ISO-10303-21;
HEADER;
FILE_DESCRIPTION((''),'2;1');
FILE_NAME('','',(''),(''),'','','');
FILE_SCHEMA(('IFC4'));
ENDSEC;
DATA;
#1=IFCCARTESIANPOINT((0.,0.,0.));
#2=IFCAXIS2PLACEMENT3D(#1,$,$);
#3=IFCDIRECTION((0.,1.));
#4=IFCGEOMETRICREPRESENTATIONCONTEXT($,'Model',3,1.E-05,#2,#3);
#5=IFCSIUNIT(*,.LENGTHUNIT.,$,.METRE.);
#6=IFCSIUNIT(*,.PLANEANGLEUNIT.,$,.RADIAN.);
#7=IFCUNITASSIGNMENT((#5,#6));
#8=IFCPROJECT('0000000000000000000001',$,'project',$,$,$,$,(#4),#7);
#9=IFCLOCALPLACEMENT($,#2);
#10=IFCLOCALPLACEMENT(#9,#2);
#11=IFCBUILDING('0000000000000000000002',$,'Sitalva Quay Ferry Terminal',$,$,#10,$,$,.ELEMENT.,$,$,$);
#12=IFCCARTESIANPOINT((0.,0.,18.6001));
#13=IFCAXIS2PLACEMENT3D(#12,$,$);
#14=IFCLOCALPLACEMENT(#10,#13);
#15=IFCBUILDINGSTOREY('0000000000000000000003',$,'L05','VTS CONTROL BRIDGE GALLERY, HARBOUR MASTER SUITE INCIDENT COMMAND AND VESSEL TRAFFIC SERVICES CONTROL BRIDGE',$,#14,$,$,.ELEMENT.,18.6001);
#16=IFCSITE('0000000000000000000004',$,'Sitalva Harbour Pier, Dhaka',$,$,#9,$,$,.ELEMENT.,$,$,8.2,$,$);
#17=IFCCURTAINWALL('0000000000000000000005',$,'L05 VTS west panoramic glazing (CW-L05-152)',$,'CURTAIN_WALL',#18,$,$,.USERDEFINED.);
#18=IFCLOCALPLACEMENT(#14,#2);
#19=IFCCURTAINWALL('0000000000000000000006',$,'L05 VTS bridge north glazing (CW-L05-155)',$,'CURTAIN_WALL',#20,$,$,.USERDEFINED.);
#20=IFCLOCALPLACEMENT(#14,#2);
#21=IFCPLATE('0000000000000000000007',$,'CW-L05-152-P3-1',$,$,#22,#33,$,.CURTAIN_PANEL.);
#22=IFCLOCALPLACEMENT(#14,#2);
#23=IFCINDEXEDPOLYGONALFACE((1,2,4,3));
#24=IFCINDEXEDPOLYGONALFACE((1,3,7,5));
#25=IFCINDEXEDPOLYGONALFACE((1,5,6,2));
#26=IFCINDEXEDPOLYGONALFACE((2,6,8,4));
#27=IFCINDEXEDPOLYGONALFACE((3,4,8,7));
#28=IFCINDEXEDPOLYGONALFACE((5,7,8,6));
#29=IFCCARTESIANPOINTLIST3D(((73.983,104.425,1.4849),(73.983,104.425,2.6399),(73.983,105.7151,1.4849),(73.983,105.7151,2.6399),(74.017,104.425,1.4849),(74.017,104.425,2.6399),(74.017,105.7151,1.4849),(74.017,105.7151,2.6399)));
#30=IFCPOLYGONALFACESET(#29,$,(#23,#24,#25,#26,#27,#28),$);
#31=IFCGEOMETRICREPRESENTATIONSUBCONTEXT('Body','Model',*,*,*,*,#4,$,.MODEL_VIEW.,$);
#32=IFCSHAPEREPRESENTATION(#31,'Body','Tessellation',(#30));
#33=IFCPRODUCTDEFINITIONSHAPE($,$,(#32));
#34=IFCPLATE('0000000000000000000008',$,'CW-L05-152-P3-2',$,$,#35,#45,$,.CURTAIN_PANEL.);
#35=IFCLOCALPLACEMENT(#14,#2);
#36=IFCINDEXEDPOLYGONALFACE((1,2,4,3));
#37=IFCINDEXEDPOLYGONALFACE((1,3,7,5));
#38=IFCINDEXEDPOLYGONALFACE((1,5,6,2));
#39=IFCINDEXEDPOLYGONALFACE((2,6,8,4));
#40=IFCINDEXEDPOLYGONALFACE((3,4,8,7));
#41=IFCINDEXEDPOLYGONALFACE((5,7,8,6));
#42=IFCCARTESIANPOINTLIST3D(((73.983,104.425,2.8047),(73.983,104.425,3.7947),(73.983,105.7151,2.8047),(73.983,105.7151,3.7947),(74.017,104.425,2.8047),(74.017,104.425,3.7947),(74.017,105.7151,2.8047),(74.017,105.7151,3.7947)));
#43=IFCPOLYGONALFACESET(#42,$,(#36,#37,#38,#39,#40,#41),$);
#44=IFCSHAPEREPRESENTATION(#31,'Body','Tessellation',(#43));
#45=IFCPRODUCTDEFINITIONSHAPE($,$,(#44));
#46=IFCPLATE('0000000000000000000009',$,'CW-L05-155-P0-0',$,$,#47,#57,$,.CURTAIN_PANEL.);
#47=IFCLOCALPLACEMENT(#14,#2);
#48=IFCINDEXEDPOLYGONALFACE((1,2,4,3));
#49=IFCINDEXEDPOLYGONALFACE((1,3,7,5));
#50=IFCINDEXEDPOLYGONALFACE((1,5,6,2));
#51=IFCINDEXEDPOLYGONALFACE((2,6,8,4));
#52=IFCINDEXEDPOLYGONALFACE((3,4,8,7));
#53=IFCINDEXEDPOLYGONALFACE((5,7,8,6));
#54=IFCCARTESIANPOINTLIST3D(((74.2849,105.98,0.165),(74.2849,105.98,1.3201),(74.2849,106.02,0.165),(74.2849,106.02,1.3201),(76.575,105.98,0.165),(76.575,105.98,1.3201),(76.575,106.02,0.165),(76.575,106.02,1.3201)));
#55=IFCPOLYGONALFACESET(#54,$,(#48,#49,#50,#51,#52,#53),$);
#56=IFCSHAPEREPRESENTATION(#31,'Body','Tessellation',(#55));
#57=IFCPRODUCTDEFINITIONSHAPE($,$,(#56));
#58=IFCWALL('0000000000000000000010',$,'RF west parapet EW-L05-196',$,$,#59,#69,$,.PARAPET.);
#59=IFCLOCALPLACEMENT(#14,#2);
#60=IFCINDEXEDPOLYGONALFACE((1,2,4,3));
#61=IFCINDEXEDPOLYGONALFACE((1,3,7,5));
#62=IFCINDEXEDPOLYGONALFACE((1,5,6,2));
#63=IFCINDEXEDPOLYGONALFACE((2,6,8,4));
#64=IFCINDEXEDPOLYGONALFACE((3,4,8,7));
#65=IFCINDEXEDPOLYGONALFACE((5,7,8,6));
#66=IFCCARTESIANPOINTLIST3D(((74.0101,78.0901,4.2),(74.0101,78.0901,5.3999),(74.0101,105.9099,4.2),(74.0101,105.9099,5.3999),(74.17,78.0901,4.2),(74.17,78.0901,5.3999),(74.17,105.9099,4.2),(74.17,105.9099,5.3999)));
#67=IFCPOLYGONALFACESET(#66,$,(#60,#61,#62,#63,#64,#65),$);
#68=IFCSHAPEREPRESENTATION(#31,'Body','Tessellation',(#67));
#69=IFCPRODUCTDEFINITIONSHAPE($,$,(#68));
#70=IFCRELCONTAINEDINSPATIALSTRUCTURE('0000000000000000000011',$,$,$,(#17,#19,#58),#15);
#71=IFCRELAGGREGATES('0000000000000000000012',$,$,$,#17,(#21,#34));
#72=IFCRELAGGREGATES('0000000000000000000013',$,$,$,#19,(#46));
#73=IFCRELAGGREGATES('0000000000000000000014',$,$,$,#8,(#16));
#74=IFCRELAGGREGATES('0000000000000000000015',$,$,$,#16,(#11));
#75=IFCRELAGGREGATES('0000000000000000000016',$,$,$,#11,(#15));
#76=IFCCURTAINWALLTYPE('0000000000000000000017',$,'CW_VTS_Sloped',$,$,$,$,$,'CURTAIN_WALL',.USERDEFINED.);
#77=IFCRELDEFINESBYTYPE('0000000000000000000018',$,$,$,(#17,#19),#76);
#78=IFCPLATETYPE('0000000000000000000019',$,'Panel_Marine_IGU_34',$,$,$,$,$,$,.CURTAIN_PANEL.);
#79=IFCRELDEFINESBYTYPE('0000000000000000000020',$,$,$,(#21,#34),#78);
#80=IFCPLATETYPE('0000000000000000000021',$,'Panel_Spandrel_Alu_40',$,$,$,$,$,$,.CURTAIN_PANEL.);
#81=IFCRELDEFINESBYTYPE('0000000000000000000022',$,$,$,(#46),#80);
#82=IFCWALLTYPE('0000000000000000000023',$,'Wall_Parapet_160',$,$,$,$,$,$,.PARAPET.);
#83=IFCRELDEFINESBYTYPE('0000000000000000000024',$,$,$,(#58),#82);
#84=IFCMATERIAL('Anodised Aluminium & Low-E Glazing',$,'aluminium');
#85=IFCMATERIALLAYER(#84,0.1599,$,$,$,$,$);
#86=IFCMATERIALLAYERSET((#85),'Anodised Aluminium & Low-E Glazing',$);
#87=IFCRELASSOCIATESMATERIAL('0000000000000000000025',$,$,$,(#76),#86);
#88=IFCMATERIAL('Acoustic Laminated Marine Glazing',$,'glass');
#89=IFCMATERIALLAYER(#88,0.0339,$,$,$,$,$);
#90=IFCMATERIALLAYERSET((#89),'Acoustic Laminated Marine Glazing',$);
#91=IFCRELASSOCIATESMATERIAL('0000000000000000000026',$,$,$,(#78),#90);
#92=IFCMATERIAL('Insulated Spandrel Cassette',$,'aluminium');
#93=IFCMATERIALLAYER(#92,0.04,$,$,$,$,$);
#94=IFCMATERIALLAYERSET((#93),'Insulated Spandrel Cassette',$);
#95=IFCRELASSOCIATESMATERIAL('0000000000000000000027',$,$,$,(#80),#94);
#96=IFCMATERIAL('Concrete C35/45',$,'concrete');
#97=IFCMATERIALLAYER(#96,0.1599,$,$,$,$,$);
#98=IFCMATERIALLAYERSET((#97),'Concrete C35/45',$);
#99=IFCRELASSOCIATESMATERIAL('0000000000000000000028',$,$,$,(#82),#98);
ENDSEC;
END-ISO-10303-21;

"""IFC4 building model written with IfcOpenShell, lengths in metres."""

from ifc_helpers import new_model, si_unit, direction, frame, frame_2d, origin, origin_2d, place, context, subcontext, project, spatial, rectangle, extrude, material, layer, layer_set, type_object, element, aggregate, save


model = new_model("IFC4")

# Units and contexts
model_context = context("Model", 3, precision=1e-05, world=origin(), true_north=direction((0.0, 1.0)))
body_context = subcontext(model_context, "Body", "Model", "MODEL_VIEW")
ifc_project = project(units=[si_unit("LENGTHUNIT", "METRE"), si_unit("PLANEANGLEUNIT", "RADIAN")], contexts=[model_context])

# Site, building, storey
site_placement = place(None, origin())
site = spatial("IfcSite", under=ifc_project, at=site_placement, Name="Sitalva Harbour Pier, Dhaka", CompositionType="ELEMENT", RefElevation=8.2)
building_placement = place(site_placement, origin())
building = spatial("IfcBuilding", under=site, at=building_placement, Name="Sitalva Quay Ferry Terminal", CompositionType="ELEMENT")
storey_placement = place(building_placement, frame((0.0, 0.0, 18.6001)))
storey = spatial("IfcBuildingStorey", under=building, at=storey_placement, Name="L05", Description="VTS CONTROL BRIDGE GALLERY, HARBOUR MASTER SUITE INCIDENT COMMAND AND VESSEL TRAFFIC SERVICES CONTROL BRIDGE", CompositionType="ELEMENT", Elevation=18.6001)

# Curtain walls
ifc_material_1 = material(Name="Anodised Aluminium & Low-E Glazing", Category="aluminium")
ifc_layer_1 = layer(ifc_material_1, 0.1599)
ifc_layer_set_1 = layer_set([ifc_layer_1], Name="Anodised Aluminium & Low-E Glazing")
curtain_wall_type = type_object("IfcCurtainWallType", Name="CW_VTS_Sloped", ElementType="CURTAIN_WALL", PredefinedType="USERDEFINED", material=ifc_layer_set_1)
curtain_wall_1_placement = place(storey_placement, origin())
curtain_wall_1 = element("IfcCurtainWall", 1, at=curtain_wall_1_placement, inside=storey, type_object=curtain_wall_type, Name="L05 VTS west panoramic glazing (CW-L05-152)", ObjectType="CURTAIN_WALL", PredefinedType="USERDEFINED")
curtain_wall_2_placement = place(storey_placement, origin())
curtain_wall_2 = element("IfcCurtainWall", 2, at=curtain_wall_2_placement, inside=storey, type_object=curtain_wall_type, Name="L05 VTS bridge north glazing (CW-L05-155)", ObjectType="CURTAIN_WALL", PredefinedType="USERDEFINED")

# Plates
ifc_material_2 = material(Name="Acoustic Laminated Marine Glazing", Category="glass")
ifc_layer_2 = layer(ifc_material_2, 0.0339)
ifc_layer_set_2 = layer_set([ifc_layer_2], Name="Acoustic Laminated Marine Glazing")
plate_type_1 = type_object("IfcPlateType", Name="Panel_Marine_IGU_34", PredefinedType="CURTAIN_PANEL", material=ifc_layer_set_2)
plate_1_placement = place(storey_placement, frame((74.0, 105.0701, 1.4849), z_axis=(0.0, 0.0, 1.0), x_axis=(0.0, 1.0, 0.0)))
plate_1 = element("IfcPlate", 3, at=plate_1_placement, type_object=plate_type_1, Name="CW-L05-152-P3-1", PredefinedType="CURTAIN_PANEL", context=body_context, shape_type="SweptSolid", body=[
    extrude(rectangle(XDim=1.29, YDim=0.0339, at=origin_2d()), origin(), (0.0, 0.0, 1.0), 1.155),
])
plate_2_placement = place(storey_placement, frame((74.0, 105.0701, 2.8047), z_axis=(0.0, 0.0, 1.0), x_axis=(0.0, 1.0, 0.0)))
plate_2 = element("IfcPlate", 4, at=plate_2_placement, type_object=plate_type_1, Name="CW-L05-152-P3-2", PredefinedType="CURTAIN_PANEL", context=body_context, shape_type="SweptSolid", body=[
    extrude(rectangle(XDim=1.29, YDim=0.0339, at=origin_2d()), origin(), (0.0, 0.0, 1.0), 0.99),
])
aggregate(curtain_wall_1, [plate_1, plate_2])
ifc_material_3 = material(Name="Insulated Spandrel Cassette", Category="aluminium")
ifc_layer_3 = layer(ifc_material_3, 0.04)
ifc_layer_set_3 = layer_set([ifc_layer_3], Name="Insulated Spandrel Cassette")
plate_type_2 = type_object("IfcPlateType", Name="Panel_Spandrel_Alu_40", PredefinedType="CURTAIN_PANEL", material=ifc_layer_set_3)
plate_3_placement = place(storey_placement, frame((75.4299, 106.0, 0.165), z_axis=(0.0, 0.0, 1.0), x_axis=(1.0, 0.0, 0.0)))
plate_3 = element("IfcPlate", 5, at=plate_3_placement, type_object=plate_type_2, Name="CW-L05-155-P0-0", PredefinedType="CURTAIN_PANEL", context=body_context, shape_type="SweptSolid", body=[
    extrude(rectangle(XDim=2.29, YDim=0.04, at=origin_2d()), origin(), (0.0, 0.0, 1.0), 1.155),
])
aggregate(curtain_wall_2, [plate_3])

# Wall
ifc_material_4 = material(Name="Concrete C35/45", Category="concrete")
ifc_layer_4 = layer(ifc_material_4, 0.1599)
ifc_layer_set_4 = layer_set([ifc_layer_4], Name="Concrete C35/45")
wall_type = type_object("IfcWallType", Name="Wall_Parapet_160", PredefinedType="PARAPET", material=ifc_layer_set_4)
wall_placement = place(storey_placement, frame((74.0901, 105.9099, 4.2), z_axis=(0.0, 0.0, 1.0), x_axis=(0.0, -1.0, 0.0)))
element("IfcWall", 6, at=wall_placement, inside=storey, type_object=wall_type, Name="RF west parapet EW-L05-196", PredefinedType="PARAPET", context=body_context, shape_type="SweptSolid", body=[
    extrude(rectangle(XDim=27.8198, YDim=0.1599, at=frame_2d((13.9099, 0.0))), origin(), (0.0, 0.0, 1.0), 1.2),
])

save(model, "model.ifc")
